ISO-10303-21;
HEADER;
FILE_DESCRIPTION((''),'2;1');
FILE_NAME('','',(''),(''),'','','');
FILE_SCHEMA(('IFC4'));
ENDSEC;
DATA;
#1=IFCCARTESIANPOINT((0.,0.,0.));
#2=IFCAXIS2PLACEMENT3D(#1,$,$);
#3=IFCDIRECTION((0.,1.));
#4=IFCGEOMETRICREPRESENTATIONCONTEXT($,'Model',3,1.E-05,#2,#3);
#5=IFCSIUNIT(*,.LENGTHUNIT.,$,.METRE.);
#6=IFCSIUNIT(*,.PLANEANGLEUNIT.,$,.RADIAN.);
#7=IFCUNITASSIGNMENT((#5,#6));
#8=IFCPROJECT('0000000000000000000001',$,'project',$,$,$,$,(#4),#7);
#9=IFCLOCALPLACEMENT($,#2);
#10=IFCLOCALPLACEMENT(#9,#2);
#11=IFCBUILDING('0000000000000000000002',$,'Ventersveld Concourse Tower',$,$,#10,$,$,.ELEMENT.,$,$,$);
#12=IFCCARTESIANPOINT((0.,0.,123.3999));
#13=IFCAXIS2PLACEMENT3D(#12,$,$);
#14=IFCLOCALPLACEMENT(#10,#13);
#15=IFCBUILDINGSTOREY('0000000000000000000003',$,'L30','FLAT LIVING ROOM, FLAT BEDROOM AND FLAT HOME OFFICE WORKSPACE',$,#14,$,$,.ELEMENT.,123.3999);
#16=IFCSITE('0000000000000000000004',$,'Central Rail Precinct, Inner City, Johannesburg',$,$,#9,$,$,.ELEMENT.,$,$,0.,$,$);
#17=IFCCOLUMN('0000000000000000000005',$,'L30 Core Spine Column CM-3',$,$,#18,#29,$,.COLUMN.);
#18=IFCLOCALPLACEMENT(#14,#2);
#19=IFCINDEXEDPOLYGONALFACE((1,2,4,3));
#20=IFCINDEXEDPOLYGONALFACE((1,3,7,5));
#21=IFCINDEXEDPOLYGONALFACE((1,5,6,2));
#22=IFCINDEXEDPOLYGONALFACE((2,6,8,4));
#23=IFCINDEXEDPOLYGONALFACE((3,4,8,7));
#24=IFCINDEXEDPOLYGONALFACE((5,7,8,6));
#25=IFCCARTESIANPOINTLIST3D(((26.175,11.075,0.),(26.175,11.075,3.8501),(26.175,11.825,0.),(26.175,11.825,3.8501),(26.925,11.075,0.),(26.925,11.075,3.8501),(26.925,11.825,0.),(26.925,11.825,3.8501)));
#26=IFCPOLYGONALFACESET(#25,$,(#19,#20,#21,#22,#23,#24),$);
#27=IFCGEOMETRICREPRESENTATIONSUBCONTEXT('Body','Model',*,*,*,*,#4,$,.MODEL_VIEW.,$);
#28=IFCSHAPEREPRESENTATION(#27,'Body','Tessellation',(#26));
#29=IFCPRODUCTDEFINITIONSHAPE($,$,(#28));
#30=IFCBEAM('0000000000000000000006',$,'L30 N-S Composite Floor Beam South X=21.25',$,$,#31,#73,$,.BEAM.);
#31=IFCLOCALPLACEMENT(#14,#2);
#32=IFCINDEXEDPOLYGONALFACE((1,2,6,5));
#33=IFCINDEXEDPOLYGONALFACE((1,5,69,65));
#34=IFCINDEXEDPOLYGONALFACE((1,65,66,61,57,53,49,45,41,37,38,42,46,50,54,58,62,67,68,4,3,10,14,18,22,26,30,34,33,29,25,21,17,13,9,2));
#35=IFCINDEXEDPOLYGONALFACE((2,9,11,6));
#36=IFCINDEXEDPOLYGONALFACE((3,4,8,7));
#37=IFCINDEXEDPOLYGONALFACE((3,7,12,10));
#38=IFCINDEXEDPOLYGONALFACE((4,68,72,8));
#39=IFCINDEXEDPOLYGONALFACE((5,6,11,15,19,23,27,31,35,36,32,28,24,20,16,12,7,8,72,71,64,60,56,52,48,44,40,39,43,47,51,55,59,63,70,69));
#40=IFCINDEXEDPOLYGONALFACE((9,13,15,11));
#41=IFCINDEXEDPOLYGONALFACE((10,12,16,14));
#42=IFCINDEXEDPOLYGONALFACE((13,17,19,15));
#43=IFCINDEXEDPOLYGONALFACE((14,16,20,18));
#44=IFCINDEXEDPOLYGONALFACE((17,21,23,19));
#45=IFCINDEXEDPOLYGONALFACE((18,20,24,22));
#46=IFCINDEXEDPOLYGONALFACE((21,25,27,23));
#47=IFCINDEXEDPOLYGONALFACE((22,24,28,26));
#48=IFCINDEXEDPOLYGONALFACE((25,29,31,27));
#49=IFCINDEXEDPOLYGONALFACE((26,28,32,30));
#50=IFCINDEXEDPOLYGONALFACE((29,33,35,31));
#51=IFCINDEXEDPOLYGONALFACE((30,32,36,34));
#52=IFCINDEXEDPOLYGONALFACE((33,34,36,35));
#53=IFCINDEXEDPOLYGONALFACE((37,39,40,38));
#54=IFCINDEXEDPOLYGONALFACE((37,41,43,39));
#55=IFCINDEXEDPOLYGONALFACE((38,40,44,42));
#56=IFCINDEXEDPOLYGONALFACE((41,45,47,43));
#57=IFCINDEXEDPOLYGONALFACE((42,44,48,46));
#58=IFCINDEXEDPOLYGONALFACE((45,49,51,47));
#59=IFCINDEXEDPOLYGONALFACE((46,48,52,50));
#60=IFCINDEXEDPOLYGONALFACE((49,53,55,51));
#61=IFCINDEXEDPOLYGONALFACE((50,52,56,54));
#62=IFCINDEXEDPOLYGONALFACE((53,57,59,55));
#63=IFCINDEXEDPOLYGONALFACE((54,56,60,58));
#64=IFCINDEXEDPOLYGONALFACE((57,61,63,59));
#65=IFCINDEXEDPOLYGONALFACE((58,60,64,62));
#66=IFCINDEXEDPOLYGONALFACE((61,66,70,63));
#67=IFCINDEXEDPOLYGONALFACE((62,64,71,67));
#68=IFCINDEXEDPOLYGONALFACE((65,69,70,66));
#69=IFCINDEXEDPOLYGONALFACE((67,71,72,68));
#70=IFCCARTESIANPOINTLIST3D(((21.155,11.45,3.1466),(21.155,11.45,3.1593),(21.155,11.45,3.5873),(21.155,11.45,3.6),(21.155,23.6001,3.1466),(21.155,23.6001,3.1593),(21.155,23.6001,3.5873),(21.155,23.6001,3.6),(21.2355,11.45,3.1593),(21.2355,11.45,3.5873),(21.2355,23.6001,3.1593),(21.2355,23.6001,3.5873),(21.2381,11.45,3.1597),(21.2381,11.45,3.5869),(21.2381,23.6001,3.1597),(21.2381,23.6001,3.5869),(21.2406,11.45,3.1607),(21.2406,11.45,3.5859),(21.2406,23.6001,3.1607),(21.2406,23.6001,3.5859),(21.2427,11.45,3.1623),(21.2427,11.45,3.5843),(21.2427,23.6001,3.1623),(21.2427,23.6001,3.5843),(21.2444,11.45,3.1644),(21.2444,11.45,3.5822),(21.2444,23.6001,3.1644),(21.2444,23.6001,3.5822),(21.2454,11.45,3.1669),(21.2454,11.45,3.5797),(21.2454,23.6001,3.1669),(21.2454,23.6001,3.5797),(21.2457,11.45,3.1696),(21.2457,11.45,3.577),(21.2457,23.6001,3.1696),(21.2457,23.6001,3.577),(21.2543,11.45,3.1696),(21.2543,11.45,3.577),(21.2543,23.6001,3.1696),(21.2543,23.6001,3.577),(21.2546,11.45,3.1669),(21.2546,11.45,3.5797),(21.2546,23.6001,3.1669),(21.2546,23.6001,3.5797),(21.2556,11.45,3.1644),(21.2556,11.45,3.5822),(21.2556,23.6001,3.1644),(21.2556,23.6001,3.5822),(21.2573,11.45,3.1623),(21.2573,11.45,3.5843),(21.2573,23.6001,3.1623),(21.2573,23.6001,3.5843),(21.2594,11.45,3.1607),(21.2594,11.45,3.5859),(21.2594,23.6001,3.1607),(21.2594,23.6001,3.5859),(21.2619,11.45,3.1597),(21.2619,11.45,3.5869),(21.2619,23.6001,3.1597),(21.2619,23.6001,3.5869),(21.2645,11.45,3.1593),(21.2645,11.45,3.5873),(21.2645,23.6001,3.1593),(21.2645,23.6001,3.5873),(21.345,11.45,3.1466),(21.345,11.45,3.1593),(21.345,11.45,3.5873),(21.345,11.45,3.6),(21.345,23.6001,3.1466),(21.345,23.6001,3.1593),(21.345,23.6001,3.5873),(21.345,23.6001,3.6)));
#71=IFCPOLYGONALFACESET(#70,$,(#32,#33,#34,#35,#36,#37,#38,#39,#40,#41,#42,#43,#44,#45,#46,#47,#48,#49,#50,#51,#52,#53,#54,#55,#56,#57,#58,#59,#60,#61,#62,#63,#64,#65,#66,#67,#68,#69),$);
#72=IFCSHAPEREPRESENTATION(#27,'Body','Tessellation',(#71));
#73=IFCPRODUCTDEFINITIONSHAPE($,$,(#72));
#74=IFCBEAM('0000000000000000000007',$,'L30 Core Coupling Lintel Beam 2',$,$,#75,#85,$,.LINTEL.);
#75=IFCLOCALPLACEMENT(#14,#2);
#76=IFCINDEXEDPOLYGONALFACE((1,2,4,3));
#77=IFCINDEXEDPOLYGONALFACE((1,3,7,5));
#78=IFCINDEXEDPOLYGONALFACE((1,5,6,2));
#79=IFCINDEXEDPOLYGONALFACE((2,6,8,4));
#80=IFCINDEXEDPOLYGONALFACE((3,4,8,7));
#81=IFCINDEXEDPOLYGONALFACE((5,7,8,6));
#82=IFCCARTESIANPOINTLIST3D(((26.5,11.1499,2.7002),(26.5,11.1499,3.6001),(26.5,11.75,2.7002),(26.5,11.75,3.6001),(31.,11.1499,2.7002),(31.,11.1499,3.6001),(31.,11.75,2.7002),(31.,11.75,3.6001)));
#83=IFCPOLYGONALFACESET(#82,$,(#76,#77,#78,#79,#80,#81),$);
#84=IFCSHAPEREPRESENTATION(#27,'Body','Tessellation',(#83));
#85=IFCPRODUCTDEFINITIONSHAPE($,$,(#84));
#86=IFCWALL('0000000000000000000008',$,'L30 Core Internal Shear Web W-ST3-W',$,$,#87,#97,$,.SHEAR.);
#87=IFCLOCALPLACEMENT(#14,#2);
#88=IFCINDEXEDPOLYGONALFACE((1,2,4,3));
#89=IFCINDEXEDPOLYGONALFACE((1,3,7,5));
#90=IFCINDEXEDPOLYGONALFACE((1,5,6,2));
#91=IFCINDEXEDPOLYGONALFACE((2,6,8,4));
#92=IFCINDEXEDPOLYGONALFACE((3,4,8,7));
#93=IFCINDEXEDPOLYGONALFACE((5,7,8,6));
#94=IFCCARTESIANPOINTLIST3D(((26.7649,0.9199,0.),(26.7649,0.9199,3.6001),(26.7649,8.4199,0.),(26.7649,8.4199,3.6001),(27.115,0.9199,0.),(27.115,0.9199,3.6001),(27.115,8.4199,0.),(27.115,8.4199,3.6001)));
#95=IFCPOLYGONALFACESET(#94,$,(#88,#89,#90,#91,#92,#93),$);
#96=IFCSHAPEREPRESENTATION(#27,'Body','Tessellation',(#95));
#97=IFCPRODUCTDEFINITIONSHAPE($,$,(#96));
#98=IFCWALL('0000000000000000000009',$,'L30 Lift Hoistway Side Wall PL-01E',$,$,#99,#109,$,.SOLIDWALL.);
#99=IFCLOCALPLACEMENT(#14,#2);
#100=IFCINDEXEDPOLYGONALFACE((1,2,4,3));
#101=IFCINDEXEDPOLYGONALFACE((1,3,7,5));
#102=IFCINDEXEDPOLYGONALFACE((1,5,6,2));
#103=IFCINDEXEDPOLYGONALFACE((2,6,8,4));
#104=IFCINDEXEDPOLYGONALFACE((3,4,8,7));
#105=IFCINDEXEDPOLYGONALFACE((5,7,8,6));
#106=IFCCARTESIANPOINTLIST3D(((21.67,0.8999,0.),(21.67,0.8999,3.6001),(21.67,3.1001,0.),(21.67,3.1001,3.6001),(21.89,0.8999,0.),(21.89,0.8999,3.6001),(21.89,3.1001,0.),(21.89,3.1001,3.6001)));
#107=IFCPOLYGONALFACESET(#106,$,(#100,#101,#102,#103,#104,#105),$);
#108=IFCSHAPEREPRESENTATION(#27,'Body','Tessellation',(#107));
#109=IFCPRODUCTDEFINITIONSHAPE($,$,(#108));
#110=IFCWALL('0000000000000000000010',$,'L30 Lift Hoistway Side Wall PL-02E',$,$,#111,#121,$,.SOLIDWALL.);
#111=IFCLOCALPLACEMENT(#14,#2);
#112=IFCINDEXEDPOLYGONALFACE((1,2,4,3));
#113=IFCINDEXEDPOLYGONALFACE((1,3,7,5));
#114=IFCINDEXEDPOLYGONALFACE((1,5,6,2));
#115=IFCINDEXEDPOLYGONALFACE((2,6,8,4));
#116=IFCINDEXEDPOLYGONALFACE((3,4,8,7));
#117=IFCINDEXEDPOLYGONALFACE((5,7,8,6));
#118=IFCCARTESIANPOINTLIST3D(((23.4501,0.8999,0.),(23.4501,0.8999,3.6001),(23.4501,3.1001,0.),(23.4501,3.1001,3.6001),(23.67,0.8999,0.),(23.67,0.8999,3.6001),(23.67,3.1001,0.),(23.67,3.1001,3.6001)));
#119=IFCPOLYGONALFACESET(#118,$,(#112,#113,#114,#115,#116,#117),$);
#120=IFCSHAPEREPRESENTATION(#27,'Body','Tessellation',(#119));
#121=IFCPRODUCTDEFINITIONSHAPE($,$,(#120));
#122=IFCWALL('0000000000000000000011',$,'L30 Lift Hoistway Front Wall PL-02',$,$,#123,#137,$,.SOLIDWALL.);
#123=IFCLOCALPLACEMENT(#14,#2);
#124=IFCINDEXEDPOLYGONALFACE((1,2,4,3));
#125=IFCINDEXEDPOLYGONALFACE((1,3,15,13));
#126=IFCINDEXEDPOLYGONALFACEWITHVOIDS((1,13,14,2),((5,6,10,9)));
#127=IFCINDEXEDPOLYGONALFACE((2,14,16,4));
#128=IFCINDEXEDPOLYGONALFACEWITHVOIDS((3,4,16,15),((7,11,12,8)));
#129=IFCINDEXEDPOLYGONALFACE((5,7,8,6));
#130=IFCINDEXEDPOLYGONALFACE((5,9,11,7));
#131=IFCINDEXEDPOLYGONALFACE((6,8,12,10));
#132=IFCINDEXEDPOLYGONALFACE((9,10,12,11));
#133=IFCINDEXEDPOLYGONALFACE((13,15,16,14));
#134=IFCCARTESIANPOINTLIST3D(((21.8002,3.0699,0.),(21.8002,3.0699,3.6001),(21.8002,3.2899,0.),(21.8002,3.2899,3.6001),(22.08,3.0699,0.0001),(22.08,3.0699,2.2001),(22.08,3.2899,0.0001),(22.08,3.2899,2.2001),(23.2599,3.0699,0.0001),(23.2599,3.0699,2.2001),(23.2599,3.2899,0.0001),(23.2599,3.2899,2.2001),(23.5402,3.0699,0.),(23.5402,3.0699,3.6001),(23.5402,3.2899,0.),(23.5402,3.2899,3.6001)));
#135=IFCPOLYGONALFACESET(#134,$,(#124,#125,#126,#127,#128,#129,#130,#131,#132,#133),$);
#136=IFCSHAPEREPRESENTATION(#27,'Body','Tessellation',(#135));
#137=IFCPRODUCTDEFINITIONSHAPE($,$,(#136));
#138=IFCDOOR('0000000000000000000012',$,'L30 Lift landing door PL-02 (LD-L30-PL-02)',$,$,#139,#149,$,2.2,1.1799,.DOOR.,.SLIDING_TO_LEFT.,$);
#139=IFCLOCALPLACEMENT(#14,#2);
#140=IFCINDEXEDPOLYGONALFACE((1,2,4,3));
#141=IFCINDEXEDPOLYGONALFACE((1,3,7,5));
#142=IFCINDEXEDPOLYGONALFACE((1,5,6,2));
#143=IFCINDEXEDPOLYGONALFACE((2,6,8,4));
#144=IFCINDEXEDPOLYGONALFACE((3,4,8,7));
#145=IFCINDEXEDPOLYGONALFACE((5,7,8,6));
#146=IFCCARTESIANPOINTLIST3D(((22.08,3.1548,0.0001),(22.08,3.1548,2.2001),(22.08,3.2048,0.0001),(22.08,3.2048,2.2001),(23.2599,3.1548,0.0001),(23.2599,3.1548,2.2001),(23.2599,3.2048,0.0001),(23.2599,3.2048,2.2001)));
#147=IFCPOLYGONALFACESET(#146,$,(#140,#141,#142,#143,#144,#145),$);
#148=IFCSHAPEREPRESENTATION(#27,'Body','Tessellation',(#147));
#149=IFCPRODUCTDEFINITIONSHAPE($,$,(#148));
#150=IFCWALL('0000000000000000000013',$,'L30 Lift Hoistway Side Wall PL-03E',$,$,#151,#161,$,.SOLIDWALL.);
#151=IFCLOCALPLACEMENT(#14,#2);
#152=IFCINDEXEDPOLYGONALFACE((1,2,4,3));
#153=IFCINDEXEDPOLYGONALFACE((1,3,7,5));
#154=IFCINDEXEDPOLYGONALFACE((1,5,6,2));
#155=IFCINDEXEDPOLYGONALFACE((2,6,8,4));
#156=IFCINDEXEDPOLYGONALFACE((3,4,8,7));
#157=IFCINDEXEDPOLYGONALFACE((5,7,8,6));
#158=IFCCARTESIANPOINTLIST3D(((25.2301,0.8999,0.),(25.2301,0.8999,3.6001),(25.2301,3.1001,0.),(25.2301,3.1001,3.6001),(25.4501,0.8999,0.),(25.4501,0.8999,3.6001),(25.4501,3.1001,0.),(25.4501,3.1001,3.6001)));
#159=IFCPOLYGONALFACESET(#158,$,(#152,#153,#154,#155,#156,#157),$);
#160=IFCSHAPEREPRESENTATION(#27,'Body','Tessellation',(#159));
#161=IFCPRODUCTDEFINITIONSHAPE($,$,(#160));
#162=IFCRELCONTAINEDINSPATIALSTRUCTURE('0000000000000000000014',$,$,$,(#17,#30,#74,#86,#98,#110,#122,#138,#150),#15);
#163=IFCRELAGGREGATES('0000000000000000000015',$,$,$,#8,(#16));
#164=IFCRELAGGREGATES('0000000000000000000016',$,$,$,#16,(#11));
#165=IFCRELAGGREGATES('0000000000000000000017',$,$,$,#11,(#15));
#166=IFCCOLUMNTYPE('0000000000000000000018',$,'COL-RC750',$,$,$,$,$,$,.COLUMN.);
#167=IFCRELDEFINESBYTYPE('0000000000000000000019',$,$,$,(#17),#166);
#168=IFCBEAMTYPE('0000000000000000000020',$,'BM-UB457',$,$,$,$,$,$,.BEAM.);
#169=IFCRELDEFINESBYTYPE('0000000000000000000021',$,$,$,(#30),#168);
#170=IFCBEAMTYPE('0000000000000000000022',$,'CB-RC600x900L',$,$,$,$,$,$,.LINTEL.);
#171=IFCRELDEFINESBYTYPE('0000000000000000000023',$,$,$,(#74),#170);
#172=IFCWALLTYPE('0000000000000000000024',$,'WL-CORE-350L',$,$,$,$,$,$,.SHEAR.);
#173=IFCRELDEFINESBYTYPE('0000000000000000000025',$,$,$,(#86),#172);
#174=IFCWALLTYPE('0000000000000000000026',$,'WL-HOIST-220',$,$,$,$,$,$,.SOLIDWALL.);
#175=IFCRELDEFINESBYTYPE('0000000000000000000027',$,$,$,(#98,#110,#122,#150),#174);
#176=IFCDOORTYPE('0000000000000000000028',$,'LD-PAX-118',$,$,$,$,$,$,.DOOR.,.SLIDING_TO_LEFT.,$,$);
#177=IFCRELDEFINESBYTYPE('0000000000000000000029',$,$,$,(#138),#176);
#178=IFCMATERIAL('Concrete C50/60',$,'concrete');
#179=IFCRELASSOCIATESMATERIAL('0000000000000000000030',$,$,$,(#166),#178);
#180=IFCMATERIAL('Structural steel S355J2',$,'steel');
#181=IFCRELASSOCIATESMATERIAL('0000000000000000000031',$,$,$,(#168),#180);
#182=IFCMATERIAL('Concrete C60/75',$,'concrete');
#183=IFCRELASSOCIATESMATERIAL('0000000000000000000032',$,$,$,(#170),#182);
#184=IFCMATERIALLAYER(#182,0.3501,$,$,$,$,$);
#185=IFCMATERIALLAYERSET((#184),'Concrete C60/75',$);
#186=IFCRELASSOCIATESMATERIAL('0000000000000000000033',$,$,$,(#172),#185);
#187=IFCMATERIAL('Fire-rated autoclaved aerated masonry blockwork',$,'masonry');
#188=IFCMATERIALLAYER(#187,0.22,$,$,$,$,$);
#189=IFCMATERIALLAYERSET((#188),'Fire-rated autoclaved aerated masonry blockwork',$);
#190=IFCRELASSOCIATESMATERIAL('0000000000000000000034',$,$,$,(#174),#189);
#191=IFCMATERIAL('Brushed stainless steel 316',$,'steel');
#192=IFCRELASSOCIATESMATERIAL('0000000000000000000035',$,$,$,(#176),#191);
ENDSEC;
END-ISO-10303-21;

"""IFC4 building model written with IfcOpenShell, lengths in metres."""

from ifc_helpers import new_model, si_unit, direction, frame, frame_2d, origin, origin_2d, place, context, subcontext, project, spatial, rectangle, i_section, extrude, material, layer, layer_set, material_profile, profile_set, type_object, element, fill, save


model = new_model("IFC4")

# Units and contexts
model_context = context("Model", 3, precision=1e-05, world=origin(), true_north=direction((0.0, 1.0)))
body_context = subcontext(model_context, "Body", "Model", "MODEL_VIEW")
ifc_project = project(units=[si_unit("LENGTHUNIT", "METRE"), si_unit("PLANEANGLEUNIT", "RADIAN")], contexts=[model_context])

# Site, building, storey
site_placement = place(None, origin())
site = spatial("IfcSite", under=ifc_project, at=site_placement, Name="Central Rail Precinct, Inner City, Johannesburg", CompositionType="ELEMENT", RefElevation=0.0)
building_placement = place(site_placement, origin())
building = spatial("IfcBuilding", under=site, at=building_placement, Name="Ventersveld Concourse Tower", CompositionType="ELEMENT")
storey_placement = place(building_placement, frame((0.0, 0.0, 123.3999)))
storey = spatial("IfcBuildingStorey", under=building, at=storey_placement, Name="L30", Description="FLAT LIVING ROOM, FLAT BEDROOM AND FLAT HOME OFFICE WORKSPACE", CompositionType="ELEMENT", Elevation=123.3999)

# Column
ifc_material_1 = material(Name="Concrete C50/60", Category="concrete")
ifc_material_profile_1 = material_profile(ifc_material_1, rectangle(XDim=0.75, YDim=0.75, at=origin_2d()), Name="RC 750x750")
ifc_profile_set_1 = profile_set([ifc_material_profile_1], Name="Concrete C50/60")
column_type = type_object("IfcColumnType", Name="COL-RC750", PredefinedType="COLUMN", material=ifc_profile_set_1)
column_placement = place(storey_placement, frame((26.55, 11.45, 0.0), z_axis=(0.0, 0.0, 1.0), x_axis=(1.0, 0.0, 0.0)))
element("IfcColumn", 1, at=column_placement, inside=storey, type_object=column_type, Name="L30 Core Spine Column CM-3", PredefinedType="COLUMN", context=body_context, shape_type="SweptSolid", body=[
    extrude(rectangle(XDim=0.75, YDim=0.75, at=origin_2d()), origin(), (0.0, 0.0, 1.0), 3.8501),
])

# Beams
ifc_material_2 = material(Name="Structural steel S355J2", Category="steel")
ifc_material_profile_2 = material_profile(ifc_material_2, i_section(OverallWidth=0.1899, OverallDepth=0.4534, WebThickness=0.0085, FlangeThickness=0.0127, FilletRadius=0.0103, at=origin_2d()), Name="UB 457x191x67")
ifc_profile_set_2 = profile_set([ifc_material_profile_2], Name="Structural steel S355J2")
beam_type_1 = type_object("IfcBeamType", Name="BM-UB457", PredefinedType="BEAM", material=ifc_profile_set_2)
beam_1_placement = place(storey_placement, frame((21.25, 11.45, 3.3733), z_axis=(0.0, 1.0, 0.0), x_axis=(-1.0, 0.0, 0.0)))
element("IfcBeam", 2, at=beam_1_placement, inside=storey, type_object=beam_type_1, Name="L30 N-S Composite Floor Beam South X=21.25", PredefinedType="BEAM", context=body_context, shape_type="SweptSolid", body=[
    extrude(i_section(OverallWidth=0.1899, OverallDepth=0.4534, WebThickness=0.0085, FlangeThickness=0.0127, FilletRadius=0.0103, at=origin_2d()), origin(), (0.0, 0.0, 1.0), 12.1501),
])
ifc_material_3 = material(Name="Concrete C60/75", Category="concrete")
ifc_material_profile_3 = material_profile(ifc_material_3, rectangle(XDim=0.6001, YDim=0.8999, at=origin_2d()), Name="RC 600x900")
ifc_profile_set_3 = profile_set([ifc_material_profile_3], Name="Concrete C60/75")
beam_type_2 = type_object("IfcBeamType", Name="CB-RC600x900L", PredefinedType="LINTEL", material=ifc_profile_set_3)
beam_2_placement = place(storey_placement, frame((26.5, 11.45, 3.1501), z_axis=(1.0, 0.0, 0.0), x_axis=(0.0, 1.0, 0.0)))
element("IfcBeam", 3, at=beam_2_placement, inside=storey, type_object=beam_type_2, Name="L30 Core Coupling Lintel Beam 2", PredefinedType="LINTEL", context=body_context, shape_type="SweptSolid", body=[
    extrude(rectangle(XDim=0.6001, YDim=0.8999, at=origin_2d()), origin(), (0.0, 0.0, 1.0), 4.5),
])

# Walls
ifc_layer_1 = layer(ifc_material_3, 0.3501)
ifc_layer_set_1 = layer_set([ifc_layer_1], Name="Concrete C60/75")
wall_type_1 = type_object("IfcWallType", Name="WL-CORE-350L", PredefinedType="SHEAR", material=ifc_layer_set_1)
wall_1_placement = place(storey_placement, frame((26.9399, 0.9199, 0.0), z_axis=(0.0, 0.0, 1.0), x_axis=(0.0, 1.0, 0.0)))
element("IfcWall", 4, at=wall_1_placement, inside=storey, type_object=wall_type_1, Name="L30 Core Internal Shear Web W-ST3-W", PredefinedType="SHEAR", context=body_context, shape_type="SweptSolid", body=[
    extrude(rectangle(XDim=7.5, YDim=0.3501, at=frame_2d((3.75, 0.0))), origin(), (0.0, 0.0, 1.0), 3.6001),
])
ifc_material_4 = material(Name="Fire-rated autoclaved aerated masonry blockwork", Category="masonry")
ifc_layer_2 = layer(ifc_material_4, 0.22)
ifc_layer_set_2 = layer_set([ifc_layer_2], Name="Fire-rated autoclaved aerated masonry blockwork")
wall_type_2 = type_object("IfcWallType", Name="WL-HOIST-220", PredefinedType="SOLIDWALL", material=ifc_layer_set_2)
for number, where, z_axis, x_axis, name in (
    (5, (21.78, 0.8999, 0.0), (0.0, 0.0, 1.0), (0.0, 1.0, 0.0), "L30 Lift Hoistway Side Wall PL-01E"),
    (6, (23.5601, 0.8999, 0.0), (0.0, 0.0, 1.0), (0.0, 1.0, 0.0), "L30 Lift Hoistway Side Wall PL-02E"),
):
    element("IfcWall", number, at=place(storey_placement, frame(where, z_axis=z_axis, x_axis=x_axis)), inside=storey, type_object=wall_type_2, Name=name, PredefinedType="SOLIDWALL", context=body_context, shape_type="SweptSolid", body=[
        extrude(rectangle(XDim=2.2002, YDim=0.22, at=frame_2d((1.1001, 0.0))), origin(), (0.0, 0.0, 1.0), 3.6001),
    ])

# Wall, opening, door
wall_2_placement = place(storey_placement, frame((21.8, 3.1799, 0.0), z_axis=(0.0, 0.0, 1.0), x_axis=(1.0, 0.0, 0.0)))
wall_2 = element("IfcWall", 7, at=wall_2_placement, inside=storey, type_object=wall_type_2, Name="L30 Lift Hoistway Front Wall PL-02", PredefinedType="SOLIDWALL", context=body_context, shape_type="SweptSolid", body=[
    extrude(rectangle(XDim=1.74, YDim=0.22, at=frame_2d((0.8701, 0.0))), origin(), (0.0, 0.0, 1.0), 3.6001),
])
opening_1_placement = place(wall_2_placement, frame((0.28, 0.0, 0.0)))
opening_1 = element("IfcOpeningElement", 8, at=opening_1_placement, cuts=wall_2, PredefinedType="OPENING", context=body_context, shape_type="SweptSolid", body=[
    extrude(rectangle(XDim=1.1799, YDim=2.2, at=frame_2d((0.5898, 1.1001))), frame((0.0, 0.1201, 0.0), z_axis=(0.0, -1.0, 0.0), x_axis=(1.0, 0.0, 0.0)), (0.0, 0.0, 1.0), 0.24),
])
ifc_material_5 = material(Name="Brushed stainless steel 316", Category="steel")
door_type_1 = type_object("IfcDoorType", Name="LD-PAX-118", OperationType="SLIDING_TO_LEFT", PredefinedType="DOOR", material=ifc_material_5)
door_1_placement = place(opening_1_placement, origin())
door_1 = element("IfcDoor", 9, at=door_1_placement, inside=storey, type_object=door_type_1, Name="L30 Lift landing door PL-02 (LD-L30-PL-02)", OperationType="SLIDING_TO_LEFT", OverallHeight=2.2, OverallWidth=1.1799, PredefinedType="DOOR", context=body_context, shape_type="SweptSolid", body=[
    extrude(rectangle(XDim=1.1799, YDim=2.2, at=frame_2d((0.5898, 1.1001))), frame((0.0, 0.0249, 0.0), z_axis=(0.0, -1.0, 0.0), x_axis=(1.0, 0.0, 0.0)), (0.0, 0.0, 1.0), 0.05),
])
fill(opening_1, door_1)

# Wall
wall_3_placement = place(storey_placement, frame((25.3401, 0.8999, 0.0), z_axis=(0.0, 0.0, 1.0), x_axis=(0.0, 1.0, 0.0)))
element("IfcWall", 10, at=wall_3_placement, inside=storey, type_object=wall_type_2, Name="L30 Lift Hoistway Side Wall PL-03E", PredefinedType="SOLIDWALL", context=body_context, shape_type="SweptSolid", body=[
    extrude(rectangle(XDim=2.2002, YDim=0.22, at=frame_2d((1.1001, 0.0))), origin(), (0.0, 0.0, 1.0), 3.6001),
])

save(model, "model.ifc")
